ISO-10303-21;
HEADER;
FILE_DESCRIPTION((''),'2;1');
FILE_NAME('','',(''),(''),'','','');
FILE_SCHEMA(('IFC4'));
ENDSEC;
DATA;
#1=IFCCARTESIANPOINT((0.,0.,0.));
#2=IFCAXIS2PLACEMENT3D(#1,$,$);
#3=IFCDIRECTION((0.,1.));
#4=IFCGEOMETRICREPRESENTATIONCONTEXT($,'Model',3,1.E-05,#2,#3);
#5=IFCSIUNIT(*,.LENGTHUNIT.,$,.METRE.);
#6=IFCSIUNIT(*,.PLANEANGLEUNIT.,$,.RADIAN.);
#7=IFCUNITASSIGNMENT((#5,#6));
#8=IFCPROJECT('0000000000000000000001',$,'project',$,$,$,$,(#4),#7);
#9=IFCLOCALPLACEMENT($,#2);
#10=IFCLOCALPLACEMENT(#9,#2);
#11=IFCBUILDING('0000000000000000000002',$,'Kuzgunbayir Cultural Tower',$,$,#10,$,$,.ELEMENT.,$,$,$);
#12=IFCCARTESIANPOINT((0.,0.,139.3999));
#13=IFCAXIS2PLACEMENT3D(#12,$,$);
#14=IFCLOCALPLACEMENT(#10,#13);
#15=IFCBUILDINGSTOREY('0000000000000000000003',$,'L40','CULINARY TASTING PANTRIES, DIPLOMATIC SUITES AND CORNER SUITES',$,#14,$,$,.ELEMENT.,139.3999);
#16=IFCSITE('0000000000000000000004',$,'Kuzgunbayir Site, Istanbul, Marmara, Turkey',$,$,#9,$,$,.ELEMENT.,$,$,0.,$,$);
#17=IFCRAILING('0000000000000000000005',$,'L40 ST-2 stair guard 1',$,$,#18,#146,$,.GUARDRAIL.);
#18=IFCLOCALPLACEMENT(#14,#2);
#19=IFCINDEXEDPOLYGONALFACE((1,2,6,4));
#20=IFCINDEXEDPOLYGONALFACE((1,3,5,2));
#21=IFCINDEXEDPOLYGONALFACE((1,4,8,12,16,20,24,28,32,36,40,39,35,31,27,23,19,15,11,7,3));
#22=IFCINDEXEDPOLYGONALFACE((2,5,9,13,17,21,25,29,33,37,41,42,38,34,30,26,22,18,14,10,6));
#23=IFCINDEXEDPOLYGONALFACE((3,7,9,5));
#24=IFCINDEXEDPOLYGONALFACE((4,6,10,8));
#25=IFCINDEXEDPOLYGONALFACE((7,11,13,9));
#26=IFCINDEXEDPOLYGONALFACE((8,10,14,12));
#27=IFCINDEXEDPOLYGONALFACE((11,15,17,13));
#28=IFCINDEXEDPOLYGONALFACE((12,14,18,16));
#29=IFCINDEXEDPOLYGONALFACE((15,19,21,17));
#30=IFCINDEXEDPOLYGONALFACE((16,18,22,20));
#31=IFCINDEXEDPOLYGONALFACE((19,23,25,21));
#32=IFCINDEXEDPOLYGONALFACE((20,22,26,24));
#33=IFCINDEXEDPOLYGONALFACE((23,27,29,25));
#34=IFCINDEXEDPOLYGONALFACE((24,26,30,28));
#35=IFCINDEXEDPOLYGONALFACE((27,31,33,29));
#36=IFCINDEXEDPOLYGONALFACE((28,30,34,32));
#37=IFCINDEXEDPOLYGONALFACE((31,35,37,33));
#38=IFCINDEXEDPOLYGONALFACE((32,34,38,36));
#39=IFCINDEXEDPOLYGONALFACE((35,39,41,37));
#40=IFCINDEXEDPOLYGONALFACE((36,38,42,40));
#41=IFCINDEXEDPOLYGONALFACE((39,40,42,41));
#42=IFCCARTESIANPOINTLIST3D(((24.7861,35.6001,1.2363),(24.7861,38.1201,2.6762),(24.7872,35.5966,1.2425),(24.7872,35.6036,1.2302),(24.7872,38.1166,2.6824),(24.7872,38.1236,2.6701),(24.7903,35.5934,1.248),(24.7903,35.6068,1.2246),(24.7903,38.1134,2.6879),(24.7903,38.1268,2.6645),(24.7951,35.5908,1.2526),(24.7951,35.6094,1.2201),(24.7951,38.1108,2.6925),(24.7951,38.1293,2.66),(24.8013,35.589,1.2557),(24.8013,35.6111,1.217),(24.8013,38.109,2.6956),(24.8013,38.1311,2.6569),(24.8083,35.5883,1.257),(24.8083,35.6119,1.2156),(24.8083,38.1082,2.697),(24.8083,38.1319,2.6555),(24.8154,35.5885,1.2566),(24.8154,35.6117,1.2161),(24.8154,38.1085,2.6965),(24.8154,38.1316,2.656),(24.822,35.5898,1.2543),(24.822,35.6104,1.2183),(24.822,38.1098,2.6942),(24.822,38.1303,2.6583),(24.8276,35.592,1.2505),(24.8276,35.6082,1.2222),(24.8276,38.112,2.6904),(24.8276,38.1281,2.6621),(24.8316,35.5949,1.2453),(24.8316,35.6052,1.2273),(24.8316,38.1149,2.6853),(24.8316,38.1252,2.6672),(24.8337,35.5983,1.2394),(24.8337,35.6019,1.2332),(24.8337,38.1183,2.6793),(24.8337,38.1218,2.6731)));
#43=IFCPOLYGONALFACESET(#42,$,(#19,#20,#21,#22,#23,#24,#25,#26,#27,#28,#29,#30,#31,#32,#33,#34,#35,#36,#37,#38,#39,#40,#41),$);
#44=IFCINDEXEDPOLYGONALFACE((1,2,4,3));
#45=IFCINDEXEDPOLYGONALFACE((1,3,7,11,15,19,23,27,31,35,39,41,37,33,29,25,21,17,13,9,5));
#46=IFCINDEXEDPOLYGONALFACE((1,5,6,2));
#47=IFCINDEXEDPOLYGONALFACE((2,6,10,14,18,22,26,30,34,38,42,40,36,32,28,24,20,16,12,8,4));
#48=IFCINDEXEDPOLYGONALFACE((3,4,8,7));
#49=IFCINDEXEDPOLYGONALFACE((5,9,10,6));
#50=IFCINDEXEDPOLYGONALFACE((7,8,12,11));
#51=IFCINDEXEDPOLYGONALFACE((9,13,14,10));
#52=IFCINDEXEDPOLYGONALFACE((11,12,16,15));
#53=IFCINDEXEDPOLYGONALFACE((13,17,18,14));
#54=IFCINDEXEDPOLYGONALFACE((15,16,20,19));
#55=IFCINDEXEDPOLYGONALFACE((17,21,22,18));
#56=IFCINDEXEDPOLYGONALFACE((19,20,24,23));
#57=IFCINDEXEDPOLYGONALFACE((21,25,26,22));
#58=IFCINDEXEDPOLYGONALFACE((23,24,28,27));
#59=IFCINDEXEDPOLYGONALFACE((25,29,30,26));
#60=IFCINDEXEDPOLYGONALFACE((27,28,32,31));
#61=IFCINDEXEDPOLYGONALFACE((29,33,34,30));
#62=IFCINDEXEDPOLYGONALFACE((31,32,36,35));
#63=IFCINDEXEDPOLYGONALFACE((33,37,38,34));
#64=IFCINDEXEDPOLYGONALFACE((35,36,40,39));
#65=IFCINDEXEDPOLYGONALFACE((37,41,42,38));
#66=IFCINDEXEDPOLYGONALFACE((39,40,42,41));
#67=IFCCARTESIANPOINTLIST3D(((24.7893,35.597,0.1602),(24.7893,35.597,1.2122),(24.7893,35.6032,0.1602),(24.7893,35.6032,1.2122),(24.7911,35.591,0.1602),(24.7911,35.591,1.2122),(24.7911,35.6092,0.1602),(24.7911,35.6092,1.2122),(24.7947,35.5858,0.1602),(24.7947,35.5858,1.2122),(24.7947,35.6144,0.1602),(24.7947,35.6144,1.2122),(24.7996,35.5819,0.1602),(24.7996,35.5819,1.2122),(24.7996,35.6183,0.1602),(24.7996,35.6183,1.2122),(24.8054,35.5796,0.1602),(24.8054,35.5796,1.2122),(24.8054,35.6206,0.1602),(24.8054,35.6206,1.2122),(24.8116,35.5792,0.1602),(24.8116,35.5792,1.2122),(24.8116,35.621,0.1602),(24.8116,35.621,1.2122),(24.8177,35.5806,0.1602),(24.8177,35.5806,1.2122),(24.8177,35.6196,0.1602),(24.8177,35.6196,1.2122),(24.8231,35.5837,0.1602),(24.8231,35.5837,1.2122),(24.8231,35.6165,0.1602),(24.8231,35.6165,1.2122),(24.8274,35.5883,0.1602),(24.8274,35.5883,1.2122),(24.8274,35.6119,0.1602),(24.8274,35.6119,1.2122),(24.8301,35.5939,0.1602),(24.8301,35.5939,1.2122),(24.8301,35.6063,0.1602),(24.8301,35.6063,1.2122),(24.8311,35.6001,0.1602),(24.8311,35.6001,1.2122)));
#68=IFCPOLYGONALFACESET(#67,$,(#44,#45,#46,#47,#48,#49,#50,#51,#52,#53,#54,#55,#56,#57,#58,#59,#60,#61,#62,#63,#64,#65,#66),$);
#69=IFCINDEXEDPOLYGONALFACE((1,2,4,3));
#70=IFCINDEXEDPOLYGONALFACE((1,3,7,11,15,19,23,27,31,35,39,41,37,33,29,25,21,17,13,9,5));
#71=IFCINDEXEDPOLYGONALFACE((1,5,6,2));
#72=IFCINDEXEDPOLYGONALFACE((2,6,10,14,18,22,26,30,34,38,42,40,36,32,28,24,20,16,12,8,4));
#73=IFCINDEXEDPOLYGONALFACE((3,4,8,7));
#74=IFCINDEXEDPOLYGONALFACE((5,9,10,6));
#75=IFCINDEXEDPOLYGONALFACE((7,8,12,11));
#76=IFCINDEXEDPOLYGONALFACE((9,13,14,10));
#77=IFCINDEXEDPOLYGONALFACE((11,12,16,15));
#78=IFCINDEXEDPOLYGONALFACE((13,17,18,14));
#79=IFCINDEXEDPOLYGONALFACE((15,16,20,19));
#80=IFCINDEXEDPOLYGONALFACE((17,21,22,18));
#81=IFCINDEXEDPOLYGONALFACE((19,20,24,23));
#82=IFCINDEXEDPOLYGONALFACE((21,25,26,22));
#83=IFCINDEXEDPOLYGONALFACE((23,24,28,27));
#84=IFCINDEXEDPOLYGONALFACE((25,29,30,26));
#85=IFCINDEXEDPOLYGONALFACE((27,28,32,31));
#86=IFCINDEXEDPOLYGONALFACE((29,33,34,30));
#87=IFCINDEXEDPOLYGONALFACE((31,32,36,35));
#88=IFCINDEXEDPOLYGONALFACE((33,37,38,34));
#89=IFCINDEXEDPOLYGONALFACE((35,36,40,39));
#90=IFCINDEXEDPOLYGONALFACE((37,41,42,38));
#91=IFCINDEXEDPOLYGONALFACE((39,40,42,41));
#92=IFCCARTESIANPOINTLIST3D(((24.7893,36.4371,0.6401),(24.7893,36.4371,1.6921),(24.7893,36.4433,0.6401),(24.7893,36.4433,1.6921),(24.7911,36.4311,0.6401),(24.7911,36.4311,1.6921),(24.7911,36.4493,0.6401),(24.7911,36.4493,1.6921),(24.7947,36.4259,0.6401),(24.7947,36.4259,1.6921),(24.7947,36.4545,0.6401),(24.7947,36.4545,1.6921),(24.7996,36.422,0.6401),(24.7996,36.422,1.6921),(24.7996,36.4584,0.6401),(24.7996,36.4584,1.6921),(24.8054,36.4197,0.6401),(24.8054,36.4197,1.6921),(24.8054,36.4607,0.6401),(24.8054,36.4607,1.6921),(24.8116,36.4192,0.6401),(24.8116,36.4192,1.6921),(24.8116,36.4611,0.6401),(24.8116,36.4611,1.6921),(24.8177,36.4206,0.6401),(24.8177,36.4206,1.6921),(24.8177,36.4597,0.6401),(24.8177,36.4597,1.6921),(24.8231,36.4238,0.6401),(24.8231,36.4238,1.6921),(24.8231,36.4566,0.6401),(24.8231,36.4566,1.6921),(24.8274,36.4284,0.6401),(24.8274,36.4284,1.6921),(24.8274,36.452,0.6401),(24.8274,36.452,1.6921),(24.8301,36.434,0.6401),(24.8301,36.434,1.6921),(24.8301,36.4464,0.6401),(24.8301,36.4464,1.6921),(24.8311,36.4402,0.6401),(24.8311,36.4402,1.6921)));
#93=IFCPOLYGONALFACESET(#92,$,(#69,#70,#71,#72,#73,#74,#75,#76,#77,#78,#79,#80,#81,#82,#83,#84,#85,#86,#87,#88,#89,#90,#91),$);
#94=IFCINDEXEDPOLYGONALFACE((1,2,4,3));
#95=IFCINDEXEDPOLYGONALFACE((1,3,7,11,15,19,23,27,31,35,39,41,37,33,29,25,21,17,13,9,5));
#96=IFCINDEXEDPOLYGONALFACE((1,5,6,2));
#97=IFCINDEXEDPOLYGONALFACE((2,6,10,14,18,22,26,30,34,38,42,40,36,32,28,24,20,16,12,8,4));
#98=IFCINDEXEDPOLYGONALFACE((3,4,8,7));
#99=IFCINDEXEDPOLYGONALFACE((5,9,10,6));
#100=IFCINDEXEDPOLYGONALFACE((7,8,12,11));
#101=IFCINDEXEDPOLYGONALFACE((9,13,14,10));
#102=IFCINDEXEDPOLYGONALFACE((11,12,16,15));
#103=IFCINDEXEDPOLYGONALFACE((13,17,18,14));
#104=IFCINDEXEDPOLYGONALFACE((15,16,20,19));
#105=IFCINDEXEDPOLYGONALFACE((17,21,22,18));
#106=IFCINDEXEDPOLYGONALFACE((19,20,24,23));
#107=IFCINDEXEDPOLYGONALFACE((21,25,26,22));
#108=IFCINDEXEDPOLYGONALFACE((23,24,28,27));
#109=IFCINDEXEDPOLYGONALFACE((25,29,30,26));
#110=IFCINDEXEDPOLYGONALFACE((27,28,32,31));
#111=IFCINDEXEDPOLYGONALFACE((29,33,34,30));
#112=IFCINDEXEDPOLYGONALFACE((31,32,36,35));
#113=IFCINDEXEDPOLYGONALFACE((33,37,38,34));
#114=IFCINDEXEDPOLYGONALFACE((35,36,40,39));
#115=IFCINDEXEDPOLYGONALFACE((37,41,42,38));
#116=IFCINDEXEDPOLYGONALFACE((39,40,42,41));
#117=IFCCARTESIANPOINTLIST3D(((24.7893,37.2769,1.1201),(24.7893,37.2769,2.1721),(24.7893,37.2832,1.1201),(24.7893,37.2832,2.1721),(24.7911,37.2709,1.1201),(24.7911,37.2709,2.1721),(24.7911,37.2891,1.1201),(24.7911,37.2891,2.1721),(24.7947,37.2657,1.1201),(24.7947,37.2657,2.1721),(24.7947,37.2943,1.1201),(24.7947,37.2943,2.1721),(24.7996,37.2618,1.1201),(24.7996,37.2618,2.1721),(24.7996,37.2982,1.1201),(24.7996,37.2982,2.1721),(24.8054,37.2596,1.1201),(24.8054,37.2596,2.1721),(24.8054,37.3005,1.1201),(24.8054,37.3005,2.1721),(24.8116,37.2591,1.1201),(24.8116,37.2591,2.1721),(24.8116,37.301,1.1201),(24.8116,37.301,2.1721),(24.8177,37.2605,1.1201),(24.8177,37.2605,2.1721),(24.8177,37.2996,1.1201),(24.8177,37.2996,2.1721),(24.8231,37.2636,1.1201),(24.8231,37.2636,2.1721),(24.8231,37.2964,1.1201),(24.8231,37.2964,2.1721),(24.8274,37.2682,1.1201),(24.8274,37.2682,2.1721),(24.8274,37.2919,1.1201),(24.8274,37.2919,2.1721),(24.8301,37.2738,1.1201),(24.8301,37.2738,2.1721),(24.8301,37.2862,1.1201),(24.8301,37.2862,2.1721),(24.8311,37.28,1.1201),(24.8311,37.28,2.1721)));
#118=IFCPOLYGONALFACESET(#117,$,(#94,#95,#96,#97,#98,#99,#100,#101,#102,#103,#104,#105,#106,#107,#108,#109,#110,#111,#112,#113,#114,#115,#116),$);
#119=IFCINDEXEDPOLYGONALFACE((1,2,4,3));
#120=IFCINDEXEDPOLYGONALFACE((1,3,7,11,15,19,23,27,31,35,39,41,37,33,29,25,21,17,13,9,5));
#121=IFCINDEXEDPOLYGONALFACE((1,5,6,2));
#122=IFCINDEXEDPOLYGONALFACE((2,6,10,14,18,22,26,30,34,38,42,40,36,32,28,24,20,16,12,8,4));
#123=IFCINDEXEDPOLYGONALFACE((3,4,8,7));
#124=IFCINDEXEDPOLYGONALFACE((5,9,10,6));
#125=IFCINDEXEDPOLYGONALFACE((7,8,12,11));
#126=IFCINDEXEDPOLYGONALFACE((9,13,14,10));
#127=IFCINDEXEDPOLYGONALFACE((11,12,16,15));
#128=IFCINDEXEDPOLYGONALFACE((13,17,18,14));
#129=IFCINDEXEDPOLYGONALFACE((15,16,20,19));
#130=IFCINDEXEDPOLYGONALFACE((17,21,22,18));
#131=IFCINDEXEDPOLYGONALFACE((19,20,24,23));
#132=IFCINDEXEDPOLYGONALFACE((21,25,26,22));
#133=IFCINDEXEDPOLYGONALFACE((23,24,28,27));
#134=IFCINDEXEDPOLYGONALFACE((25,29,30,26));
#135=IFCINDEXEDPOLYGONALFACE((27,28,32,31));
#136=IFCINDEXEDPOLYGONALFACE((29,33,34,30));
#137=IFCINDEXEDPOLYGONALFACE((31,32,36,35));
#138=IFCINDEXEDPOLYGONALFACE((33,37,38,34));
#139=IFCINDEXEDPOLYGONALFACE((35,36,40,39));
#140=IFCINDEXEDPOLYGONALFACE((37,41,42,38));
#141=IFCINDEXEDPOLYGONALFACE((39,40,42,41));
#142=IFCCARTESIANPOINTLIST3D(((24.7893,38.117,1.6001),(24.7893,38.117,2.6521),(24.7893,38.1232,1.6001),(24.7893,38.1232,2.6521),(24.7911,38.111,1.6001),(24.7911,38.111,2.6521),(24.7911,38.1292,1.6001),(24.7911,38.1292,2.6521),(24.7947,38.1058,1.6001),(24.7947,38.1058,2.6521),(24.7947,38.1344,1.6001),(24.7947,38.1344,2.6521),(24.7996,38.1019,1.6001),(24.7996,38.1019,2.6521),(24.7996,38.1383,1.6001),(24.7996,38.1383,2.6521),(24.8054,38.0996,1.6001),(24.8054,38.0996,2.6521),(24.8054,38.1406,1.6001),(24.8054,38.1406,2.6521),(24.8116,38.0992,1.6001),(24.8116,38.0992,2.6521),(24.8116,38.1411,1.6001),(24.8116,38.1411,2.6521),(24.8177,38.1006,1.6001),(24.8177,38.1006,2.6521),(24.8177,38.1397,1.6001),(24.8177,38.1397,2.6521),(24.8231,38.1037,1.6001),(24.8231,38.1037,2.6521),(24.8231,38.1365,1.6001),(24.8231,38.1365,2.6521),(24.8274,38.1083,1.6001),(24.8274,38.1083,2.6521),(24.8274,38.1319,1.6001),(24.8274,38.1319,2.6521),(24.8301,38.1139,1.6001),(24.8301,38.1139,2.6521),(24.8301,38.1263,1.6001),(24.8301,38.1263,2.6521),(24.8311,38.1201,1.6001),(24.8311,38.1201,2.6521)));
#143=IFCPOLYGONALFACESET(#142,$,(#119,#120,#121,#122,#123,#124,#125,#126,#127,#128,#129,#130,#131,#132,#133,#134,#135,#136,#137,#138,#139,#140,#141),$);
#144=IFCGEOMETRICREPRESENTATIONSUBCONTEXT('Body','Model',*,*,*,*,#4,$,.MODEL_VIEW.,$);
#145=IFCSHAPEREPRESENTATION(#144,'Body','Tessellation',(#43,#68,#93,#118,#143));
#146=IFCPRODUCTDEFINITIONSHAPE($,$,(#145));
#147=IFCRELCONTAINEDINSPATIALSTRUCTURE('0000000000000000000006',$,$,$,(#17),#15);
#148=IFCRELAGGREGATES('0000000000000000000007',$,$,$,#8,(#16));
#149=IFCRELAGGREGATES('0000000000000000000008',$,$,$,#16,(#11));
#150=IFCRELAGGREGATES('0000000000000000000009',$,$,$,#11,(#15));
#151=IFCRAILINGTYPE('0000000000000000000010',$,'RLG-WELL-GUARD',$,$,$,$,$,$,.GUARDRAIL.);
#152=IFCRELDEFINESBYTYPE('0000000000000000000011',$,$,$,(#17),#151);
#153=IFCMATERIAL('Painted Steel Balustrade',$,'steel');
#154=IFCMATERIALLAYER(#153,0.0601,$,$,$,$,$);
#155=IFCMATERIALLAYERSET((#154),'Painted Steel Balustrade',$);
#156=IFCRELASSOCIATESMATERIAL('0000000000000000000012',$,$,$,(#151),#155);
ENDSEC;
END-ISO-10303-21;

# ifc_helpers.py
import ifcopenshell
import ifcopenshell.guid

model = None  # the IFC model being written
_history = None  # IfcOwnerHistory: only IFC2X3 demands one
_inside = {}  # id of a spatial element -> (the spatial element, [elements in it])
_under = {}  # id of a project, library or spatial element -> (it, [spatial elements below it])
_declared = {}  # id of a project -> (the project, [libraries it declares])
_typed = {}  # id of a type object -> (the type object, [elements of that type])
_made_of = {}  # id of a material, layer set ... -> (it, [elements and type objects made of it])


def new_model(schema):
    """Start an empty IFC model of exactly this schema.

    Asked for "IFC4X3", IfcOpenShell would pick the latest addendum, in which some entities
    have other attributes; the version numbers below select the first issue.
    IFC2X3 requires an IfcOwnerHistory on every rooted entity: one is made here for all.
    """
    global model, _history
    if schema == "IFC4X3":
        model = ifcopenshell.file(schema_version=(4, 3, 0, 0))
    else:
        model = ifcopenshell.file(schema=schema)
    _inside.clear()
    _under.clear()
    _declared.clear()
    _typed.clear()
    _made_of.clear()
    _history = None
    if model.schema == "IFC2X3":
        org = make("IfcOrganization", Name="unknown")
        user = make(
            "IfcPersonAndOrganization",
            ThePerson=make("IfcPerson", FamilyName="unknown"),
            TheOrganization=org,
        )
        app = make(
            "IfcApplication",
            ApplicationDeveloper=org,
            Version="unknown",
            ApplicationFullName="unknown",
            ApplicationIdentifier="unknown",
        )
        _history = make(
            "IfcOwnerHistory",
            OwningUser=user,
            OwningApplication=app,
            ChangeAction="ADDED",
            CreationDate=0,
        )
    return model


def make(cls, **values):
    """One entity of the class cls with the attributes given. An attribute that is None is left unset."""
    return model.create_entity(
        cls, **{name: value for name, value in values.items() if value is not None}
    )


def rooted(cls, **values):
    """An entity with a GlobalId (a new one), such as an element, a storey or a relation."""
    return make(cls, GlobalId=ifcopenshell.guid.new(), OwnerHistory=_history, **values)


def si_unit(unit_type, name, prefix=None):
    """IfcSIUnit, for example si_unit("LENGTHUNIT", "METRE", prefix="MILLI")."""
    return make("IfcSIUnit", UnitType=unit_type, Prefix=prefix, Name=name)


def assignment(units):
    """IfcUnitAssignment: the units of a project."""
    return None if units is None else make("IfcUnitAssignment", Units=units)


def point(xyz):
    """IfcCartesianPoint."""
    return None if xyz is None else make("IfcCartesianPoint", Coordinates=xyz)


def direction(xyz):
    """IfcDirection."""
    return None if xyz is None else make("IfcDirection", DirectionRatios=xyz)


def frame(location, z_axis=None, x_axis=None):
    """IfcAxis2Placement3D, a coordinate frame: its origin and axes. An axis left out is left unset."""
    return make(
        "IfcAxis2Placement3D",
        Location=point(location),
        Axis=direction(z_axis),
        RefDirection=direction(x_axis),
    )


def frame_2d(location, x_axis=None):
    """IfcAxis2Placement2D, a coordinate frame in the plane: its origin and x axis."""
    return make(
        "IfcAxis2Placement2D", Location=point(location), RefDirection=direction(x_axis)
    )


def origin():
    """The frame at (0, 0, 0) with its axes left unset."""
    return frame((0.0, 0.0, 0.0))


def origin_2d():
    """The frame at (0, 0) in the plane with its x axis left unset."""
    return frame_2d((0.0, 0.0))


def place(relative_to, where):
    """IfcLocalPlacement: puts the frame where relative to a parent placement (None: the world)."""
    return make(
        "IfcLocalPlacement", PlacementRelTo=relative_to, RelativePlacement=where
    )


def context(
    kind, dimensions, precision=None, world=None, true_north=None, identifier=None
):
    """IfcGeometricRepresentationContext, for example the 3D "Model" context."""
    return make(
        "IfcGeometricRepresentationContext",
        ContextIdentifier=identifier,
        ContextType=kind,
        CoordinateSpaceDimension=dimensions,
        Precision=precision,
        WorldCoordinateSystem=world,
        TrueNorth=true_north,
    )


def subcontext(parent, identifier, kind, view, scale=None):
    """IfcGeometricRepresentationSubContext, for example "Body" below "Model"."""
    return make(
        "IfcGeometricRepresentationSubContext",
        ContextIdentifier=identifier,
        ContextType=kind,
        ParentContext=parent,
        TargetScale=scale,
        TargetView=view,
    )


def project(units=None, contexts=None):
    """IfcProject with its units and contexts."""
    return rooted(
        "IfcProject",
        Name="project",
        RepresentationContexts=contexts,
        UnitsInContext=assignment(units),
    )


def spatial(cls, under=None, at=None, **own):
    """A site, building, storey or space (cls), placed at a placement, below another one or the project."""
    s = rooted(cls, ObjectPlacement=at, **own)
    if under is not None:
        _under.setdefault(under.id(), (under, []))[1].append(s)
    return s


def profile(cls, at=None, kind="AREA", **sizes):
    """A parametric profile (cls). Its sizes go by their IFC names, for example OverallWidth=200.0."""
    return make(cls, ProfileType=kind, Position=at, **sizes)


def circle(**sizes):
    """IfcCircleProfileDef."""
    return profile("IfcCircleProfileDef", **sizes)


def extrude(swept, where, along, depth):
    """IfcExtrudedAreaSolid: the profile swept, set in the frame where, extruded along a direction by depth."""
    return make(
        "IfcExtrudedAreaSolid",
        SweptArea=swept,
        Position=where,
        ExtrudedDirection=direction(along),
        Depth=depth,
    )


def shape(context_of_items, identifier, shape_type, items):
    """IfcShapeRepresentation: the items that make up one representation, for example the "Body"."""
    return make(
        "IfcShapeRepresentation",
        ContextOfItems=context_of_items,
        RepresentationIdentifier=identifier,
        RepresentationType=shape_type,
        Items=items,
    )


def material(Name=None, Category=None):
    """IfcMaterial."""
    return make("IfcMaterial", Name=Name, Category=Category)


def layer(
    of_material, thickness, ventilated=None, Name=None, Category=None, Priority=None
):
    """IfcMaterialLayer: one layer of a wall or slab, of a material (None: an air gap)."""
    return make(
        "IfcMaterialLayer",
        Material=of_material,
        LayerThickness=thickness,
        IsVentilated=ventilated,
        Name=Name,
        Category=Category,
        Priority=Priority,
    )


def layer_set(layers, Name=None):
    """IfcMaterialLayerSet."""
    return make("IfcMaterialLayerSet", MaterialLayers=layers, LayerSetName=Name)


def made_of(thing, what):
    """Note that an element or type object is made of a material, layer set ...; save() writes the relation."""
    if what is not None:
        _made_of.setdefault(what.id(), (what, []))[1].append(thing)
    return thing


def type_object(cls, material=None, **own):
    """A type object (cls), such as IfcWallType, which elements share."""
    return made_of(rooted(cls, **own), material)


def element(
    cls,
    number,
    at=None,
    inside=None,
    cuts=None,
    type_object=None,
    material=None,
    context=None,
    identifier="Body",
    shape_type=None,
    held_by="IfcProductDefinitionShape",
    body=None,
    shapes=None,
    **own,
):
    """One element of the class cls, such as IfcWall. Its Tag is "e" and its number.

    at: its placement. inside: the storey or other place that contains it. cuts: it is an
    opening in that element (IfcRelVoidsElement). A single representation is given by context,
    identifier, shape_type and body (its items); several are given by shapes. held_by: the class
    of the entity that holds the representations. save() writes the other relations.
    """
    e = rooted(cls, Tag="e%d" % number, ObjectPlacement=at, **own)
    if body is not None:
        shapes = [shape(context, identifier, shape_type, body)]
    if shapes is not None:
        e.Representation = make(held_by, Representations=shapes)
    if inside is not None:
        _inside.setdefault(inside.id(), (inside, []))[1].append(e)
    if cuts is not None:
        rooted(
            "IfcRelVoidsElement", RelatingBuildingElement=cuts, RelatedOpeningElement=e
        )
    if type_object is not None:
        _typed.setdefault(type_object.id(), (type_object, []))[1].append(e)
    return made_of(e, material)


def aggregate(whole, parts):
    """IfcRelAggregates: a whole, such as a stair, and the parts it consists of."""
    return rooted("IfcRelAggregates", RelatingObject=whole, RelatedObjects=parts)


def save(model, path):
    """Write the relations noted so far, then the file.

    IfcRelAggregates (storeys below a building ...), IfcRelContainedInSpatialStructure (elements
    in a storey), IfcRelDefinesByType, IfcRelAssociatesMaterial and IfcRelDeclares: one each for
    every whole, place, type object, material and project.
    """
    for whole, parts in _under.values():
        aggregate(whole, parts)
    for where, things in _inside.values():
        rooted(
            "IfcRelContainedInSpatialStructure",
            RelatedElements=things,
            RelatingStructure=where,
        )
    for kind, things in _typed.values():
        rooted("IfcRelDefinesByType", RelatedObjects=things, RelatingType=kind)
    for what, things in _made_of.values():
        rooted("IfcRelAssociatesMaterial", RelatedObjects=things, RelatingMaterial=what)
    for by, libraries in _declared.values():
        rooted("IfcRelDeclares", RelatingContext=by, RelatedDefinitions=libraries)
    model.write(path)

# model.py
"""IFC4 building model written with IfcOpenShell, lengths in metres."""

from ifc_helpers import new_model, si_unit, direction, frame, origin, origin_2d, place, context, subcontext, project, spatial, circle, extrude, material, layer, layer_set, type_object, element, save


model = new_model("IFC4")

# Units and contexts
model_context = context("Model", 3, precision=1e-05, world=origin(), true_north=direction((0.0, 1.0)))
body_context = subcontext(model_context, "Body", "Model", "MODEL_VIEW")
ifc_project = project(units=[si_unit("LENGTHUNIT", "METRE"), si_unit("PLANEANGLEUNIT", "RADIAN")], contexts=[model_context])

# Site, building, storey
site_placement = place(None, origin())
site = spatial("IfcSite", under=ifc_project, at=site_placement, Name="Kuzgunbayir Site, Istanbul, Marmara, Turkey", CompositionType="ELEMENT", RefElevation=0.0)
building_placement = place(site_placement, origin())
building = spatial("IfcBuilding", under=site, at=building_placement, Name="Kuzgunbayir Cultural Tower", CompositionType="ELEMENT")
storey_placement = place(building_placement, frame((0.0, 0.0, 139.3999)))
storey = spatial("IfcBuildingStorey", under=building, at=storey_placement, Name="L40", Description="CULINARY TASTING PANTRIES, DIPLOMATIC SUITES AND CORNER SUITES", CompositionType="ELEMENT", Elevation=139.3999)

# Railing
ifc_material_1 = material(Name="Painted Steel Balustrade", Category="steel")
ifc_layer_1 = layer(ifc_material_1, 0.0601)
ifc_layer_set_1 = layer_set([ifc_layer_1], Name="Painted Steel Balustrade")
railing_type_1 = type_object("IfcRailingType", Name="RLG-WELL-GUARD", PredefinedType="GUARDRAIL", material=ifc_layer_set_1)
railing_1_placement = place(storey_placement, frame((24.8101, 35.6001, 0.1602)))
element("IfcRailing", 1, at=railing_1_placement, inside=storey, type_object=railing_type_1, Name="L40 ST-2 stair guard 1", PredefinedType="GUARDRAIL", context=body_context, shape_type="SweptSolid", body=[
    extrude(circle(Radius=0.0239, at=origin_2d()), frame((0.0, 0.0, 1.0762), z_axis=(0.0, 0.868253, 0.496121), x_axis=(-1.0, 0.0, 0.0)), (0.0, 0.0, 1.0), 2.9023),
    extrude(circle(Radius=0.021, at=origin_2d()), origin(), (0.0, 0.0, 1.0), 1.052),
    extrude(circle(Radius=0.021, at=origin_2d()), frame((0.0, 0.8401, 0.48)), (0.0, 0.0, 1.0), 1.052),
    extrude(circle(Radius=0.021, at=origin_2d()), frame((0.0, 1.6799, 0.96)), (0.0, 0.0, 1.0), 1.052),
    extrude(circle(Radius=0.021, at=origin_2d()), frame((0.0, 2.52, 1.4399)), (0.0, 0.0, 1.0), 1.052),
])

save(model, "model.ifc")
